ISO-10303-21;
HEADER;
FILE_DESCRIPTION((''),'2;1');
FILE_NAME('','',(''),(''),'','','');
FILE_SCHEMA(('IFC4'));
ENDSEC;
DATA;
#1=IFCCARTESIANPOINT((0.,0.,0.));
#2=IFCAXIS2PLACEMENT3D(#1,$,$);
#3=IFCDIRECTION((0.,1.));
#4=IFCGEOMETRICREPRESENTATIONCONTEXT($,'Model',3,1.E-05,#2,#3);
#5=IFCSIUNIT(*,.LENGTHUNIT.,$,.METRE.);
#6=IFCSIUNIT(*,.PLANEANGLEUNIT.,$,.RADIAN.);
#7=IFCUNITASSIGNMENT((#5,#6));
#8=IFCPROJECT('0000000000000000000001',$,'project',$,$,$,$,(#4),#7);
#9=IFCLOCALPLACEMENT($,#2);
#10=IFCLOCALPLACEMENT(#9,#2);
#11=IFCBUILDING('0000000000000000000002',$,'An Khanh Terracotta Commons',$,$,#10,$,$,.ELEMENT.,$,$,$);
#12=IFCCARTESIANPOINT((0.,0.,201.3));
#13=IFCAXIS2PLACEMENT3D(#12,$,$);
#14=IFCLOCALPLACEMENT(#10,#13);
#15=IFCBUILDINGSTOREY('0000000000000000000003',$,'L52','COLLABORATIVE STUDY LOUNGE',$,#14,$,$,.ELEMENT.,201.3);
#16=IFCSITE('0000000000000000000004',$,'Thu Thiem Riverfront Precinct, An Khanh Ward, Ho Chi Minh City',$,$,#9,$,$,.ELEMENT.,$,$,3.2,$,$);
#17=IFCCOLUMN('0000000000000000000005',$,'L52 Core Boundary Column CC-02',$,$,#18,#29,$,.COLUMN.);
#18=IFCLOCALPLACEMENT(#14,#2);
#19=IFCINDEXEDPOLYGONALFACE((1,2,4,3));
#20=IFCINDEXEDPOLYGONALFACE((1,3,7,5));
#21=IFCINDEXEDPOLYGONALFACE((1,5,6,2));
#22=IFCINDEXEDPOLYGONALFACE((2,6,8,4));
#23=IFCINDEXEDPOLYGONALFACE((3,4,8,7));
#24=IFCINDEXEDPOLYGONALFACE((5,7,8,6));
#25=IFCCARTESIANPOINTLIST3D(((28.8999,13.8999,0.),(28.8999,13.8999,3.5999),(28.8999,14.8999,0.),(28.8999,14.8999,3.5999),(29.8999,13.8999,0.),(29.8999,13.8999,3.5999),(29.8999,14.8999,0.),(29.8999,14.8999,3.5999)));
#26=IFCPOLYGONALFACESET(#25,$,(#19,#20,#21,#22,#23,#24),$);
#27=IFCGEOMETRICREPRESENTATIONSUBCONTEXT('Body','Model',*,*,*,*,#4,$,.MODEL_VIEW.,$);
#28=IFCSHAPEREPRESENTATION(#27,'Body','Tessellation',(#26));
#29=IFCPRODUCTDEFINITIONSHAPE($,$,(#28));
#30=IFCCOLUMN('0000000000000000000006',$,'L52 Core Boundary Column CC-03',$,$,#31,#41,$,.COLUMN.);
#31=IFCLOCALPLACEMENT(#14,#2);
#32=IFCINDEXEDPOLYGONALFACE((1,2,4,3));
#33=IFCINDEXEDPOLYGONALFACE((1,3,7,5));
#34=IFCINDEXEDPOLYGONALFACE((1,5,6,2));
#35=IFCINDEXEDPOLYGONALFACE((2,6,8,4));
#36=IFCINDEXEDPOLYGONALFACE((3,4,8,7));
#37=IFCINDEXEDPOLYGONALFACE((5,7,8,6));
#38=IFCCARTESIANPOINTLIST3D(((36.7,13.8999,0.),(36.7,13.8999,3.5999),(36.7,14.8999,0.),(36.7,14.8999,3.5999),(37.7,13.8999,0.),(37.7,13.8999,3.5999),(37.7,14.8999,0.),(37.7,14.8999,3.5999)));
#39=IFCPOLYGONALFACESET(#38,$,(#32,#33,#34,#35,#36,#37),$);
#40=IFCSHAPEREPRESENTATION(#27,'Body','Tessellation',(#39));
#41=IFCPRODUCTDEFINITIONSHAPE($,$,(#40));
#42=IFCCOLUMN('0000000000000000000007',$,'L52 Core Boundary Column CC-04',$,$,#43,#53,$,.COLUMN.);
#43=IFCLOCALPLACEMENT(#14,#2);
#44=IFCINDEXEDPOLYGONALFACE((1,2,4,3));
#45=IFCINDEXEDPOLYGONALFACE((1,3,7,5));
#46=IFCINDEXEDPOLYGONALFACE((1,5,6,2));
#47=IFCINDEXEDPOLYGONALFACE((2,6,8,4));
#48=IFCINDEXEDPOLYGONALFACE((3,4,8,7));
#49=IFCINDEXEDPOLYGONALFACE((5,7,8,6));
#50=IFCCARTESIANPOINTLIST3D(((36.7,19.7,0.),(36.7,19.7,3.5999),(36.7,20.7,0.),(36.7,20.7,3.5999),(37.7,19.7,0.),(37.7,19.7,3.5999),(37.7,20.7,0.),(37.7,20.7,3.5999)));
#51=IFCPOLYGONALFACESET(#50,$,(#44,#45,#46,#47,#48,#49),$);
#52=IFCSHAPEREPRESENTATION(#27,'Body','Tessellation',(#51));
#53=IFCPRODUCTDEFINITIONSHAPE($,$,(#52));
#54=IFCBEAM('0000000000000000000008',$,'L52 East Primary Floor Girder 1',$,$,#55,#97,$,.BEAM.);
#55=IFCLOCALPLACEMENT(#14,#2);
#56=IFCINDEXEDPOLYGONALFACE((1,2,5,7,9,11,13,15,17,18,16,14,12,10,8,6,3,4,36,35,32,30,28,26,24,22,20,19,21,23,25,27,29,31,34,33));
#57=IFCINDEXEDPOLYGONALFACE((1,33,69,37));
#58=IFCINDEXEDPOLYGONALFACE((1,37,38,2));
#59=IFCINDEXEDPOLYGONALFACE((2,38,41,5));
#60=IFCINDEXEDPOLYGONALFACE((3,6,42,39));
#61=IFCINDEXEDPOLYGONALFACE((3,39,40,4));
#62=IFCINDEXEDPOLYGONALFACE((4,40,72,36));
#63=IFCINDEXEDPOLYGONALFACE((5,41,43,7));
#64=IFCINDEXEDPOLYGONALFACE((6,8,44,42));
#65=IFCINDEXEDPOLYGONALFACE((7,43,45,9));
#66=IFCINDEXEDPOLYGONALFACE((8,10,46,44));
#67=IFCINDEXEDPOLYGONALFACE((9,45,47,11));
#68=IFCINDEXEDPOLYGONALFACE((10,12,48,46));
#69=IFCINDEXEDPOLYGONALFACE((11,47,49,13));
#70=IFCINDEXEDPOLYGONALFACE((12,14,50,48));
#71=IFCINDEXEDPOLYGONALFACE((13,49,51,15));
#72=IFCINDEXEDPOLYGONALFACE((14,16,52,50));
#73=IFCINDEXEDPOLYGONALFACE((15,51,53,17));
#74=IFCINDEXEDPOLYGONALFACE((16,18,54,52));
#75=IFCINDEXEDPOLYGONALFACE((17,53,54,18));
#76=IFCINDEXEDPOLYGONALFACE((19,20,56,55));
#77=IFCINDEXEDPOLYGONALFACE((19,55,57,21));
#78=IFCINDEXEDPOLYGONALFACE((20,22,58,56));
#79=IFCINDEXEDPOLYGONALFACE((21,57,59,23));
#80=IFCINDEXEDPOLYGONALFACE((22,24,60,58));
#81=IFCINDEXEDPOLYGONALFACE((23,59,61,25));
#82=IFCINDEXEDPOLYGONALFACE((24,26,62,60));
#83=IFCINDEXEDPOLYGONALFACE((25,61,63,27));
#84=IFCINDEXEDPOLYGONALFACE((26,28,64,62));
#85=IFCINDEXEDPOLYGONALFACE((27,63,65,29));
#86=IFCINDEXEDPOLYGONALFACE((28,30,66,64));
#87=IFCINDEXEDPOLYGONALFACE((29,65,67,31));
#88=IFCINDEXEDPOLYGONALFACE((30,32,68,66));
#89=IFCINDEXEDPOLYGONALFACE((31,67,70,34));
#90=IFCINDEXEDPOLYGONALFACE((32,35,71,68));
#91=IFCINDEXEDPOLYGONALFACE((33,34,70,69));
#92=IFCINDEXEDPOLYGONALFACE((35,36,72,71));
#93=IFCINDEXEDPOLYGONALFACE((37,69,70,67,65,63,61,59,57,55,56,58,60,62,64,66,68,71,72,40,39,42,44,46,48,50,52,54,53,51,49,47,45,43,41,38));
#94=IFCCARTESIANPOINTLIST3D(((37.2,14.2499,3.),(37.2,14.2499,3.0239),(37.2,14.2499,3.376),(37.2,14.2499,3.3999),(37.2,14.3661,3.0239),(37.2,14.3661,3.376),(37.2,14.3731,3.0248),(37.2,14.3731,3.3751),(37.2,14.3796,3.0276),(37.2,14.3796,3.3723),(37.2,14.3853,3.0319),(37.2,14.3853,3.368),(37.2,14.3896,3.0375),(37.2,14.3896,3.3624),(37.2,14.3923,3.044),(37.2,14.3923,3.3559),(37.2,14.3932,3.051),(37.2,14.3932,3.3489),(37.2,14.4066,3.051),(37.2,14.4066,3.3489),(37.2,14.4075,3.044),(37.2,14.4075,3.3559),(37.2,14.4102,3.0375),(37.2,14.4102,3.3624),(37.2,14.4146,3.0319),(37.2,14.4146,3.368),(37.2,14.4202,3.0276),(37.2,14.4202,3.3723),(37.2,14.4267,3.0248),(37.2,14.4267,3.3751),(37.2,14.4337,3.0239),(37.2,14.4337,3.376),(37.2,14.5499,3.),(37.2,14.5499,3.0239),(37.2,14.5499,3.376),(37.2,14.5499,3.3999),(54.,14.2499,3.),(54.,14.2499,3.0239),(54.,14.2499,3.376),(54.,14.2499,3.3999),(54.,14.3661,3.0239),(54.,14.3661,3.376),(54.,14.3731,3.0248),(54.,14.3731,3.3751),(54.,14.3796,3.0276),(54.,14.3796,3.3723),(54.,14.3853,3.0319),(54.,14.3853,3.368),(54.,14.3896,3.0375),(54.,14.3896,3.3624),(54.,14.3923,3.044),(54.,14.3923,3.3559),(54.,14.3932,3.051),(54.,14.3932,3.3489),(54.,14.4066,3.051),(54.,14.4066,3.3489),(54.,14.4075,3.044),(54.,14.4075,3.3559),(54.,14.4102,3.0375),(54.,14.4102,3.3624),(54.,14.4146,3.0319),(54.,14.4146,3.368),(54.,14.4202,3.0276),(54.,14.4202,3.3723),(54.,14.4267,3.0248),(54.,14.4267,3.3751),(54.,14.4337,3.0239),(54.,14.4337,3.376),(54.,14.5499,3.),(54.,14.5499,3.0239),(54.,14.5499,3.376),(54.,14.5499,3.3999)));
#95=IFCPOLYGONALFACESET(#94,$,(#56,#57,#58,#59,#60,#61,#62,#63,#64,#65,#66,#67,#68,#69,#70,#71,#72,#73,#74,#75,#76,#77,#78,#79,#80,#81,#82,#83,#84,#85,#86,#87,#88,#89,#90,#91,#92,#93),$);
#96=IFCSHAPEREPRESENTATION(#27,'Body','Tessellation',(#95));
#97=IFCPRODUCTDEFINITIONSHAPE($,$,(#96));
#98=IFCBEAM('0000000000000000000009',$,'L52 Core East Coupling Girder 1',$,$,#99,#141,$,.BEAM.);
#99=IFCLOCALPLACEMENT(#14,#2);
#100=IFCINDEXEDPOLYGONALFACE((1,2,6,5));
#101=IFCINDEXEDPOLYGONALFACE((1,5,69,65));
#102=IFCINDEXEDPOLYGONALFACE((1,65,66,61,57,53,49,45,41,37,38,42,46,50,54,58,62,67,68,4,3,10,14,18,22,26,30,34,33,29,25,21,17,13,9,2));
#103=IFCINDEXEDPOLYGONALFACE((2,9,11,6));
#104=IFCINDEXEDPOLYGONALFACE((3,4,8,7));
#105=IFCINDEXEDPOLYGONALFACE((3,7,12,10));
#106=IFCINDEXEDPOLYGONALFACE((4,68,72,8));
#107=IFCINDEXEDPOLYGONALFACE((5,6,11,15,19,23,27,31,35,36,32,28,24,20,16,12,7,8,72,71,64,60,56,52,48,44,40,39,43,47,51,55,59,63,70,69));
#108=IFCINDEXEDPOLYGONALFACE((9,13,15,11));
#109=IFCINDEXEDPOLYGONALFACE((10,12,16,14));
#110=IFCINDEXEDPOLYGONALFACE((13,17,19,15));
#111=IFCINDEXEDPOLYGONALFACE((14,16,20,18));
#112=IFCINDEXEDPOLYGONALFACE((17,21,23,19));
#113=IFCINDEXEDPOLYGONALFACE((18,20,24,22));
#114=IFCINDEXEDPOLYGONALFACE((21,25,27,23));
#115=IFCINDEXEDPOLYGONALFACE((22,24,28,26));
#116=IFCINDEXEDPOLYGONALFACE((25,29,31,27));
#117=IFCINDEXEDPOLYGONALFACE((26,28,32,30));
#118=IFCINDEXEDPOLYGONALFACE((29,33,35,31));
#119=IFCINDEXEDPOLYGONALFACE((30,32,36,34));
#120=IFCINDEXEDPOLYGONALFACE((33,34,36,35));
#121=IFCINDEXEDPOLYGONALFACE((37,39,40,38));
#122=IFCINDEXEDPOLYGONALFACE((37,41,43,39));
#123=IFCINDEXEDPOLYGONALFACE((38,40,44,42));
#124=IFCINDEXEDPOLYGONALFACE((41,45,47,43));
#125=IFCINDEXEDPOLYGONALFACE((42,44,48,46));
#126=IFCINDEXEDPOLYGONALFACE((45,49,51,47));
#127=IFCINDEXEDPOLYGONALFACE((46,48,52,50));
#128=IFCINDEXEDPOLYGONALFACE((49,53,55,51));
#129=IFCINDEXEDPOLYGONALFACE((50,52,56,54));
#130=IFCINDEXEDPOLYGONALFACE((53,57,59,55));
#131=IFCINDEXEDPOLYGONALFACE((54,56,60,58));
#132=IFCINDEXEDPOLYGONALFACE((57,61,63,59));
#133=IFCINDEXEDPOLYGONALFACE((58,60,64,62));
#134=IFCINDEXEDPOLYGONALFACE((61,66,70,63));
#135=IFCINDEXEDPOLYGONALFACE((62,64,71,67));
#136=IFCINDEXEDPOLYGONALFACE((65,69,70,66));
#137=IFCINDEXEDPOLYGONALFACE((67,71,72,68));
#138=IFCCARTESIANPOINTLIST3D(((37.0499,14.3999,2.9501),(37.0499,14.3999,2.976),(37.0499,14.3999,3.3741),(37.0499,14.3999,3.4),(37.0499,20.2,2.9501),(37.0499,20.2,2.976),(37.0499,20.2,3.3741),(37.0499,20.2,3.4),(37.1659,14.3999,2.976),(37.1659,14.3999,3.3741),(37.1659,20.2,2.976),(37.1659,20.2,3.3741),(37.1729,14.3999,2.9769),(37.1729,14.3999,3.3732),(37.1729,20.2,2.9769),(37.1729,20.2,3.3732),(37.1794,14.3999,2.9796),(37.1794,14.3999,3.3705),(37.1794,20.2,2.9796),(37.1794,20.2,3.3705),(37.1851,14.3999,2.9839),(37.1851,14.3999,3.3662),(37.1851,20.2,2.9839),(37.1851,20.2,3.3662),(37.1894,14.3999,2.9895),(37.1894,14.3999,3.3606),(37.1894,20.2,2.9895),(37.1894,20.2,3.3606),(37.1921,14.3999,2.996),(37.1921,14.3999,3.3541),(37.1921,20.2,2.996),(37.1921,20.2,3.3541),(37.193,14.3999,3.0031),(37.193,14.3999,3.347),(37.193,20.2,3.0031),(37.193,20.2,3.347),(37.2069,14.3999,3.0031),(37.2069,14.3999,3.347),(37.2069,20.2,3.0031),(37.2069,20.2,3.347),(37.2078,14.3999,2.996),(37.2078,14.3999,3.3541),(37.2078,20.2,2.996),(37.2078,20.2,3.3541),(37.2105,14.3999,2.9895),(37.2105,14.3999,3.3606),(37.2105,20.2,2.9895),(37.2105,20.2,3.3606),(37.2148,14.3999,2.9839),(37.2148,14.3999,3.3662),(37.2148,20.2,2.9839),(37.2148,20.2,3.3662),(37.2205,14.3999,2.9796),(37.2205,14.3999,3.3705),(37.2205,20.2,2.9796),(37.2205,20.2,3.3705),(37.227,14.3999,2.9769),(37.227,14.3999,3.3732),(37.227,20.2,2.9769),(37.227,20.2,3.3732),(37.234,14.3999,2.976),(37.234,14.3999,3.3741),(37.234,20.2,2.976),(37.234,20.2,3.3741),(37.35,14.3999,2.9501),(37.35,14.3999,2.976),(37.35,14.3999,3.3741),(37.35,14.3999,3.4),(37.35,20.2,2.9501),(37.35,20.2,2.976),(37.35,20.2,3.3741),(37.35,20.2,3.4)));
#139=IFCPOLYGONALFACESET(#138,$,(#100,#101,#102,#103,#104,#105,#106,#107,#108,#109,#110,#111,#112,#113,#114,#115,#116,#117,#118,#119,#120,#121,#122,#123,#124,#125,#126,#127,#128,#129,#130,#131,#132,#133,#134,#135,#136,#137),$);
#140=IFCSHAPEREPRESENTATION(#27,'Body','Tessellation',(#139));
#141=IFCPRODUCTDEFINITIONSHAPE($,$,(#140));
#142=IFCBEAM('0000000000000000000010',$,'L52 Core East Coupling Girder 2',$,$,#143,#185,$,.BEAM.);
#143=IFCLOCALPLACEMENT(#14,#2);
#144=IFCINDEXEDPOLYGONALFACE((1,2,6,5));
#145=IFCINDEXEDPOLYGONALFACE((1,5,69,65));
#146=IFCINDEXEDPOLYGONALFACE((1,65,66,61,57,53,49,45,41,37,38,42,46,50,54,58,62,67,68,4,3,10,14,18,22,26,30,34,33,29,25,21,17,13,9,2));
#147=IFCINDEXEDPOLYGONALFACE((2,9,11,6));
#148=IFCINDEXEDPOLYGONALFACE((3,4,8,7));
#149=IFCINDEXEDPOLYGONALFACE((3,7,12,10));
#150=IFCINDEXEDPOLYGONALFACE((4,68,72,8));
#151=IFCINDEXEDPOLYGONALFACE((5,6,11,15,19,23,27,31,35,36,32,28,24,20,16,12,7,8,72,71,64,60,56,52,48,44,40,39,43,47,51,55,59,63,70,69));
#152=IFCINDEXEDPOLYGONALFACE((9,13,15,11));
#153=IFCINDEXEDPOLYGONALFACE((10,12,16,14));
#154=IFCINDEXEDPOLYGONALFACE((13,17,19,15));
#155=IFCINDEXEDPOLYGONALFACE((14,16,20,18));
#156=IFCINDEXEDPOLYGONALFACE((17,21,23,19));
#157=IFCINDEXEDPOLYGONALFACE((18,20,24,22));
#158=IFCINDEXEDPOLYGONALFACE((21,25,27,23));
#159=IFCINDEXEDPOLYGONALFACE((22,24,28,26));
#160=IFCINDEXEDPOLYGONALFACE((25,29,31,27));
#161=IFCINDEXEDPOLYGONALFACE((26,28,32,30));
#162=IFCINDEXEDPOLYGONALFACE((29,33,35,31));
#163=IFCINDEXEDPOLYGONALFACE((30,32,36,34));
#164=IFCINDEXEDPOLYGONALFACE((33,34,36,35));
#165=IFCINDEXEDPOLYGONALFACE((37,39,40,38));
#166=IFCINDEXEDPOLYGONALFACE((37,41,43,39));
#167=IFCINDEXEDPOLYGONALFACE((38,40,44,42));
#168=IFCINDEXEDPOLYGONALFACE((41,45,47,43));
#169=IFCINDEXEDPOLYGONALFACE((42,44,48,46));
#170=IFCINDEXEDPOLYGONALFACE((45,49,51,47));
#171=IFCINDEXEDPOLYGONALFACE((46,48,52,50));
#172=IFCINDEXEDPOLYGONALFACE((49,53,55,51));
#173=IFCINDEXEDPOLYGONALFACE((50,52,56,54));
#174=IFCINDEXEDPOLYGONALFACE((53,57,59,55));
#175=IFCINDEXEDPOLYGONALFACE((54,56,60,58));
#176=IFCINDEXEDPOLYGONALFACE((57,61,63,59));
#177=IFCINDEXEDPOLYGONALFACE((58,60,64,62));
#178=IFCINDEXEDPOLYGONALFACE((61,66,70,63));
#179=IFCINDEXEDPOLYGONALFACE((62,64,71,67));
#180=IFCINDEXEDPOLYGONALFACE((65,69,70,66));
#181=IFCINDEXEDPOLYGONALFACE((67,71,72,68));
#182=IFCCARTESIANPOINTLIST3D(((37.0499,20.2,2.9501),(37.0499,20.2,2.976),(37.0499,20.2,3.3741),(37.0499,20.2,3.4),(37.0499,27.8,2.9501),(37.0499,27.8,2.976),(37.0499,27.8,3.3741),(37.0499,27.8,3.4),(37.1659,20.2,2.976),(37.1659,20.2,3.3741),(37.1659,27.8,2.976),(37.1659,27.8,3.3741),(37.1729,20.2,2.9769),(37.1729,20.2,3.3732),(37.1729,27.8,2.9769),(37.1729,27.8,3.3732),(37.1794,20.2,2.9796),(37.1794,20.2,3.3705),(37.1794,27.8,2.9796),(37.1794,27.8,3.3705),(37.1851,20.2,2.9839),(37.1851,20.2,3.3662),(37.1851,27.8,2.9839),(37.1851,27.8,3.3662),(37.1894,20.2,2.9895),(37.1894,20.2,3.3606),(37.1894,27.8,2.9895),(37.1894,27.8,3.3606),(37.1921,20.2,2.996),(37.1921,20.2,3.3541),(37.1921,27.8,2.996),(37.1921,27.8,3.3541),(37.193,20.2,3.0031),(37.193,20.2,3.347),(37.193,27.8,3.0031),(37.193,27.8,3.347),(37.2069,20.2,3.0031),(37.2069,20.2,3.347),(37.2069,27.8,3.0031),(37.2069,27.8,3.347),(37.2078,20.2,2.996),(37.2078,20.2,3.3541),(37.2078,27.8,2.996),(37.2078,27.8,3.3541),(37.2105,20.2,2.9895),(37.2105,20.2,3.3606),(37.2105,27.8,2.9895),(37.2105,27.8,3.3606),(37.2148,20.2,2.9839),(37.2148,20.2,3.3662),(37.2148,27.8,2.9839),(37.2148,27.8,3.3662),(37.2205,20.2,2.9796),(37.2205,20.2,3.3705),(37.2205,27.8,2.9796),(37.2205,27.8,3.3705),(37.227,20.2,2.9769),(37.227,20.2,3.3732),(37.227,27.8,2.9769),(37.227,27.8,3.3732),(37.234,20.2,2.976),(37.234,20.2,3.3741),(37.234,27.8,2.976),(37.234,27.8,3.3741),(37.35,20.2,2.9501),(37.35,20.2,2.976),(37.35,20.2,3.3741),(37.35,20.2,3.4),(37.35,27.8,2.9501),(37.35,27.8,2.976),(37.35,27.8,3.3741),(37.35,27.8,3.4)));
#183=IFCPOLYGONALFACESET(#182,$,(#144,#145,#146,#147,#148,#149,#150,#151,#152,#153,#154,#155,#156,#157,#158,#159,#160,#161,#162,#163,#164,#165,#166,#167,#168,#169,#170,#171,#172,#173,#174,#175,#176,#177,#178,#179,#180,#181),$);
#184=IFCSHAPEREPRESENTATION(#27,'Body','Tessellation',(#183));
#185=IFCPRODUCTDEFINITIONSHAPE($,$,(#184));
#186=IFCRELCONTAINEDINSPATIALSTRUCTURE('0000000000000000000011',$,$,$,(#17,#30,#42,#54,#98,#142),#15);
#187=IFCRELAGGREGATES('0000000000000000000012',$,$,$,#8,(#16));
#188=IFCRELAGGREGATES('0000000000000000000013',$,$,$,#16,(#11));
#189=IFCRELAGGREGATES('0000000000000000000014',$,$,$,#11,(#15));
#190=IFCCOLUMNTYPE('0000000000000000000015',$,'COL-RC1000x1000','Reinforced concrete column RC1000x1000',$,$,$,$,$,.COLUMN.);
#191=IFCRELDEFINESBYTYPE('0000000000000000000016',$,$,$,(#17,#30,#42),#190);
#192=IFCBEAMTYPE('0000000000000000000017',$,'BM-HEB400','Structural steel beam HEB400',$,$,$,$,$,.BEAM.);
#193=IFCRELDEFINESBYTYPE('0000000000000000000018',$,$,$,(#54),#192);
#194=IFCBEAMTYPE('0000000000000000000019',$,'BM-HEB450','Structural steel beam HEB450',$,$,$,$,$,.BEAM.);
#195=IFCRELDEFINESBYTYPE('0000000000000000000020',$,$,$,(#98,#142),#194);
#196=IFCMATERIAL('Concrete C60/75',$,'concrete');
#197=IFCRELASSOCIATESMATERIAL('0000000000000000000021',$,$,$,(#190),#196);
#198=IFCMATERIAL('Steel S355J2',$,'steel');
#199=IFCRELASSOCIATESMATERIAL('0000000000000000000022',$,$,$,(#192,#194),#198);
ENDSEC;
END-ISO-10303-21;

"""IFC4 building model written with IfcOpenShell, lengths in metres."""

from ifc_helpers import new_model, si_unit, direction, frame, origin, origin_2d, place, context, subcontext, project, spatial, rectangle, i_section, extrude, material, material_profile, profile_set, type_object, element, save


model = new_model("IFC4")

# Units and contexts
model_context = context("Model", 3, precision=1e-05, world=origin(), true_north=direction((0.0, 1.0)))
body_context = subcontext(model_context, "Body", "Model", "MODEL_VIEW")
ifc_project = project(units=[si_unit("LENGTHUNIT", "METRE"), si_unit("PLANEANGLEUNIT", "RADIAN")], contexts=[model_context])

# Site, building, storey
site_placement = place(None, origin())
site = spatial("IfcSite", under=ifc_project, at=site_placement, Name="Thu Thiem Riverfront Precinct, An Khanh Ward, Ho Chi Minh City", CompositionType="ELEMENT", RefElevation=3.2)
building_placement = place(site_placement, origin())
building = spatial("IfcBuilding", under=site, at=building_placement, Name="An Khanh Terracotta Commons", CompositionType="ELEMENT")
storey_placement = place(building_placement, frame((0.0, 0.0, 201.3)))
storey = spatial("IfcBuildingStorey", under=building, at=storey_placement, Name="L52", Description="COLLABORATIVE STUDY LOUNGE", CompositionType="ELEMENT", Elevation=201.3)

# Columns
ifc_material_1 = material(Name="Concrete C60/75", Category="concrete")
ifc_material_profile_1 = material_profile(ifc_material_1, rectangle(XDim=1.0, YDim=1.0, at=origin_2d()), Name="RC1000x1000")
ifc_profile_set_1 = profile_set([ifc_material_profile_1], Name="Concrete C60/75")
column_type = type_object("IfcColumnType", Name="COL-RC1000x1000", Description="Reinforced concrete column RC1000x1000", PredefinedType="COLUMN", material=ifc_profile_set_1)
for number, where, z_axis, x_axis, name in (
    (1, (29.3999, 14.3999, 0.0), (0.0, 0.0, 1.0), (1.0, 0.0, 0.0), "L52 Core Boundary Column CC-02"),
    (2, (37.2, 14.3999, 0.0), (0.0, 0.0, 1.0), (1.0, 0.0, 0.0), "L52 Core Boundary Column CC-03"),
    (3, (37.2, 20.2, 0.0), (0.0, 0.0, 1.0), (1.0, 0.0, 0.0), "L52 Core Boundary Column CC-04"),
):
    element("IfcColumn", number, at=place(storey_placement, frame(where, z_axis=z_axis, x_axis=x_axis)), inside=storey, type_object=column_type, Name=name, PredefinedType="COLUMN", context=body_context, shape_type="SweptSolid", body=[
        extrude(rectangle(XDim=1.0, YDim=1.0, at=origin_2d()), origin(), (0.0, 0.0, 1.0), 3.5999),
    ])

# Beams
ifc_material_2 = material(Name="Steel S355J2", Category="steel")
ifc_material_profile_2 = material_profile(ifc_material_2, i_section(OverallWidth=0.3, OverallDepth=0.3999, WebThickness=0.0134, FlangeThickness=0.0239, FilletRadius=0.0271, at=origin_2d()), Name="HEB400")
ifc_profile_set_2 = profile_set([ifc_material_profile_2], Name="Steel S355J2")
beam_type_1 = type_object("IfcBeamType", Name="BM-HEB400", Description="Structural steel beam HEB400", PredefinedType="BEAM", material=ifc_profile_set_2)
beam_1_placement = place(storey_placement, frame((37.2, 14.3999, 3.2), z_axis=(1.0, 0.0, 0.0), x_axis=(0.0, 1.0, 0.0)))
element("IfcBeam", 4, at=beam_1_placement, inside=storey, type_object=beam_type_1, Name="L52 East Primary Floor Girder 1", PredefinedType="BEAM", context=body_context, shape_type="SweptSolid", body=[
    extrude(i_section(OverallWidth=0.3, OverallDepth=0.3999, WebThickness=0.0134, FlangeThickness=0.0239, FilletRadius=0.0271, at=origin_2d()), origin(), (0.0, 0.0, 1.0), 16.8),
])
ifc_material_profile_3 = material_profile(ifc_material_2, i_section(OverallWidth=0.3, OverallDepth=0.45, WebThickness=0.0139, FlangeThickness=0.0259, FilletRadius=0.0271, at=origin_2d()), Name="HEB450")
ifc_profile_set_3 = profile_set([ifc_material_profile_3], Name="Steel S355J2")
beam_type_2 = type_object("IfcBeamType", Name="BM-HEB450", Description="Structural steel beam HEB450", PredefinedType="BEAM", material=ifc_profile_set_3)
beam_2_placement = place(storey_placement, frame((37.2, 14.3999, 3.175), z_axis=(0.0, 1.0, 0.0), x_axis=(-1.0, 0.0, 0.0)))
element("IfcBeam", 5, at=beam_2_placement, inside=storey, type_object=beam_type_2, Name="L52 Core East Coupling Girder 1", PredefinedType="BEAM", context=body_context, shape_type="SweptSolid", body=[
    extrude(i_section(OverallWidth=0.3, OverallDepth=0.45, WebThickness=0.0139, FlangeThickness=0.0259, FilletRadius=0.0271, at=origin_2d()), origin(), (0.0, 0.0, 1.0), 5.8),
])
beam_3_placement = place(storey_placement, frame((37.2, 20.2, 3.175), z_axis=(0.0, 1.0, 0.0), x_axis=(-1.0, 0.0, 0.0)))
element("IfcBeam", 6, at=beam_3_placement, inside=storey, type_object=beam_type_2, Name="L52 Core East Coupling Girder 2", PredefinedType="BEAM", context=body_context, shape_type="SweptSolid", body=[
    extrude(i_section(OverallWidth=0.3, OverallDepth=0.45, WebThickness=0.0139, FlangeThickness=0.0259, FilletRadius=0.0271, at=origin_2d()), origin(), (0.0, 0.0, 1.0), 7.6001),
])

save(model, "model.ifc")
